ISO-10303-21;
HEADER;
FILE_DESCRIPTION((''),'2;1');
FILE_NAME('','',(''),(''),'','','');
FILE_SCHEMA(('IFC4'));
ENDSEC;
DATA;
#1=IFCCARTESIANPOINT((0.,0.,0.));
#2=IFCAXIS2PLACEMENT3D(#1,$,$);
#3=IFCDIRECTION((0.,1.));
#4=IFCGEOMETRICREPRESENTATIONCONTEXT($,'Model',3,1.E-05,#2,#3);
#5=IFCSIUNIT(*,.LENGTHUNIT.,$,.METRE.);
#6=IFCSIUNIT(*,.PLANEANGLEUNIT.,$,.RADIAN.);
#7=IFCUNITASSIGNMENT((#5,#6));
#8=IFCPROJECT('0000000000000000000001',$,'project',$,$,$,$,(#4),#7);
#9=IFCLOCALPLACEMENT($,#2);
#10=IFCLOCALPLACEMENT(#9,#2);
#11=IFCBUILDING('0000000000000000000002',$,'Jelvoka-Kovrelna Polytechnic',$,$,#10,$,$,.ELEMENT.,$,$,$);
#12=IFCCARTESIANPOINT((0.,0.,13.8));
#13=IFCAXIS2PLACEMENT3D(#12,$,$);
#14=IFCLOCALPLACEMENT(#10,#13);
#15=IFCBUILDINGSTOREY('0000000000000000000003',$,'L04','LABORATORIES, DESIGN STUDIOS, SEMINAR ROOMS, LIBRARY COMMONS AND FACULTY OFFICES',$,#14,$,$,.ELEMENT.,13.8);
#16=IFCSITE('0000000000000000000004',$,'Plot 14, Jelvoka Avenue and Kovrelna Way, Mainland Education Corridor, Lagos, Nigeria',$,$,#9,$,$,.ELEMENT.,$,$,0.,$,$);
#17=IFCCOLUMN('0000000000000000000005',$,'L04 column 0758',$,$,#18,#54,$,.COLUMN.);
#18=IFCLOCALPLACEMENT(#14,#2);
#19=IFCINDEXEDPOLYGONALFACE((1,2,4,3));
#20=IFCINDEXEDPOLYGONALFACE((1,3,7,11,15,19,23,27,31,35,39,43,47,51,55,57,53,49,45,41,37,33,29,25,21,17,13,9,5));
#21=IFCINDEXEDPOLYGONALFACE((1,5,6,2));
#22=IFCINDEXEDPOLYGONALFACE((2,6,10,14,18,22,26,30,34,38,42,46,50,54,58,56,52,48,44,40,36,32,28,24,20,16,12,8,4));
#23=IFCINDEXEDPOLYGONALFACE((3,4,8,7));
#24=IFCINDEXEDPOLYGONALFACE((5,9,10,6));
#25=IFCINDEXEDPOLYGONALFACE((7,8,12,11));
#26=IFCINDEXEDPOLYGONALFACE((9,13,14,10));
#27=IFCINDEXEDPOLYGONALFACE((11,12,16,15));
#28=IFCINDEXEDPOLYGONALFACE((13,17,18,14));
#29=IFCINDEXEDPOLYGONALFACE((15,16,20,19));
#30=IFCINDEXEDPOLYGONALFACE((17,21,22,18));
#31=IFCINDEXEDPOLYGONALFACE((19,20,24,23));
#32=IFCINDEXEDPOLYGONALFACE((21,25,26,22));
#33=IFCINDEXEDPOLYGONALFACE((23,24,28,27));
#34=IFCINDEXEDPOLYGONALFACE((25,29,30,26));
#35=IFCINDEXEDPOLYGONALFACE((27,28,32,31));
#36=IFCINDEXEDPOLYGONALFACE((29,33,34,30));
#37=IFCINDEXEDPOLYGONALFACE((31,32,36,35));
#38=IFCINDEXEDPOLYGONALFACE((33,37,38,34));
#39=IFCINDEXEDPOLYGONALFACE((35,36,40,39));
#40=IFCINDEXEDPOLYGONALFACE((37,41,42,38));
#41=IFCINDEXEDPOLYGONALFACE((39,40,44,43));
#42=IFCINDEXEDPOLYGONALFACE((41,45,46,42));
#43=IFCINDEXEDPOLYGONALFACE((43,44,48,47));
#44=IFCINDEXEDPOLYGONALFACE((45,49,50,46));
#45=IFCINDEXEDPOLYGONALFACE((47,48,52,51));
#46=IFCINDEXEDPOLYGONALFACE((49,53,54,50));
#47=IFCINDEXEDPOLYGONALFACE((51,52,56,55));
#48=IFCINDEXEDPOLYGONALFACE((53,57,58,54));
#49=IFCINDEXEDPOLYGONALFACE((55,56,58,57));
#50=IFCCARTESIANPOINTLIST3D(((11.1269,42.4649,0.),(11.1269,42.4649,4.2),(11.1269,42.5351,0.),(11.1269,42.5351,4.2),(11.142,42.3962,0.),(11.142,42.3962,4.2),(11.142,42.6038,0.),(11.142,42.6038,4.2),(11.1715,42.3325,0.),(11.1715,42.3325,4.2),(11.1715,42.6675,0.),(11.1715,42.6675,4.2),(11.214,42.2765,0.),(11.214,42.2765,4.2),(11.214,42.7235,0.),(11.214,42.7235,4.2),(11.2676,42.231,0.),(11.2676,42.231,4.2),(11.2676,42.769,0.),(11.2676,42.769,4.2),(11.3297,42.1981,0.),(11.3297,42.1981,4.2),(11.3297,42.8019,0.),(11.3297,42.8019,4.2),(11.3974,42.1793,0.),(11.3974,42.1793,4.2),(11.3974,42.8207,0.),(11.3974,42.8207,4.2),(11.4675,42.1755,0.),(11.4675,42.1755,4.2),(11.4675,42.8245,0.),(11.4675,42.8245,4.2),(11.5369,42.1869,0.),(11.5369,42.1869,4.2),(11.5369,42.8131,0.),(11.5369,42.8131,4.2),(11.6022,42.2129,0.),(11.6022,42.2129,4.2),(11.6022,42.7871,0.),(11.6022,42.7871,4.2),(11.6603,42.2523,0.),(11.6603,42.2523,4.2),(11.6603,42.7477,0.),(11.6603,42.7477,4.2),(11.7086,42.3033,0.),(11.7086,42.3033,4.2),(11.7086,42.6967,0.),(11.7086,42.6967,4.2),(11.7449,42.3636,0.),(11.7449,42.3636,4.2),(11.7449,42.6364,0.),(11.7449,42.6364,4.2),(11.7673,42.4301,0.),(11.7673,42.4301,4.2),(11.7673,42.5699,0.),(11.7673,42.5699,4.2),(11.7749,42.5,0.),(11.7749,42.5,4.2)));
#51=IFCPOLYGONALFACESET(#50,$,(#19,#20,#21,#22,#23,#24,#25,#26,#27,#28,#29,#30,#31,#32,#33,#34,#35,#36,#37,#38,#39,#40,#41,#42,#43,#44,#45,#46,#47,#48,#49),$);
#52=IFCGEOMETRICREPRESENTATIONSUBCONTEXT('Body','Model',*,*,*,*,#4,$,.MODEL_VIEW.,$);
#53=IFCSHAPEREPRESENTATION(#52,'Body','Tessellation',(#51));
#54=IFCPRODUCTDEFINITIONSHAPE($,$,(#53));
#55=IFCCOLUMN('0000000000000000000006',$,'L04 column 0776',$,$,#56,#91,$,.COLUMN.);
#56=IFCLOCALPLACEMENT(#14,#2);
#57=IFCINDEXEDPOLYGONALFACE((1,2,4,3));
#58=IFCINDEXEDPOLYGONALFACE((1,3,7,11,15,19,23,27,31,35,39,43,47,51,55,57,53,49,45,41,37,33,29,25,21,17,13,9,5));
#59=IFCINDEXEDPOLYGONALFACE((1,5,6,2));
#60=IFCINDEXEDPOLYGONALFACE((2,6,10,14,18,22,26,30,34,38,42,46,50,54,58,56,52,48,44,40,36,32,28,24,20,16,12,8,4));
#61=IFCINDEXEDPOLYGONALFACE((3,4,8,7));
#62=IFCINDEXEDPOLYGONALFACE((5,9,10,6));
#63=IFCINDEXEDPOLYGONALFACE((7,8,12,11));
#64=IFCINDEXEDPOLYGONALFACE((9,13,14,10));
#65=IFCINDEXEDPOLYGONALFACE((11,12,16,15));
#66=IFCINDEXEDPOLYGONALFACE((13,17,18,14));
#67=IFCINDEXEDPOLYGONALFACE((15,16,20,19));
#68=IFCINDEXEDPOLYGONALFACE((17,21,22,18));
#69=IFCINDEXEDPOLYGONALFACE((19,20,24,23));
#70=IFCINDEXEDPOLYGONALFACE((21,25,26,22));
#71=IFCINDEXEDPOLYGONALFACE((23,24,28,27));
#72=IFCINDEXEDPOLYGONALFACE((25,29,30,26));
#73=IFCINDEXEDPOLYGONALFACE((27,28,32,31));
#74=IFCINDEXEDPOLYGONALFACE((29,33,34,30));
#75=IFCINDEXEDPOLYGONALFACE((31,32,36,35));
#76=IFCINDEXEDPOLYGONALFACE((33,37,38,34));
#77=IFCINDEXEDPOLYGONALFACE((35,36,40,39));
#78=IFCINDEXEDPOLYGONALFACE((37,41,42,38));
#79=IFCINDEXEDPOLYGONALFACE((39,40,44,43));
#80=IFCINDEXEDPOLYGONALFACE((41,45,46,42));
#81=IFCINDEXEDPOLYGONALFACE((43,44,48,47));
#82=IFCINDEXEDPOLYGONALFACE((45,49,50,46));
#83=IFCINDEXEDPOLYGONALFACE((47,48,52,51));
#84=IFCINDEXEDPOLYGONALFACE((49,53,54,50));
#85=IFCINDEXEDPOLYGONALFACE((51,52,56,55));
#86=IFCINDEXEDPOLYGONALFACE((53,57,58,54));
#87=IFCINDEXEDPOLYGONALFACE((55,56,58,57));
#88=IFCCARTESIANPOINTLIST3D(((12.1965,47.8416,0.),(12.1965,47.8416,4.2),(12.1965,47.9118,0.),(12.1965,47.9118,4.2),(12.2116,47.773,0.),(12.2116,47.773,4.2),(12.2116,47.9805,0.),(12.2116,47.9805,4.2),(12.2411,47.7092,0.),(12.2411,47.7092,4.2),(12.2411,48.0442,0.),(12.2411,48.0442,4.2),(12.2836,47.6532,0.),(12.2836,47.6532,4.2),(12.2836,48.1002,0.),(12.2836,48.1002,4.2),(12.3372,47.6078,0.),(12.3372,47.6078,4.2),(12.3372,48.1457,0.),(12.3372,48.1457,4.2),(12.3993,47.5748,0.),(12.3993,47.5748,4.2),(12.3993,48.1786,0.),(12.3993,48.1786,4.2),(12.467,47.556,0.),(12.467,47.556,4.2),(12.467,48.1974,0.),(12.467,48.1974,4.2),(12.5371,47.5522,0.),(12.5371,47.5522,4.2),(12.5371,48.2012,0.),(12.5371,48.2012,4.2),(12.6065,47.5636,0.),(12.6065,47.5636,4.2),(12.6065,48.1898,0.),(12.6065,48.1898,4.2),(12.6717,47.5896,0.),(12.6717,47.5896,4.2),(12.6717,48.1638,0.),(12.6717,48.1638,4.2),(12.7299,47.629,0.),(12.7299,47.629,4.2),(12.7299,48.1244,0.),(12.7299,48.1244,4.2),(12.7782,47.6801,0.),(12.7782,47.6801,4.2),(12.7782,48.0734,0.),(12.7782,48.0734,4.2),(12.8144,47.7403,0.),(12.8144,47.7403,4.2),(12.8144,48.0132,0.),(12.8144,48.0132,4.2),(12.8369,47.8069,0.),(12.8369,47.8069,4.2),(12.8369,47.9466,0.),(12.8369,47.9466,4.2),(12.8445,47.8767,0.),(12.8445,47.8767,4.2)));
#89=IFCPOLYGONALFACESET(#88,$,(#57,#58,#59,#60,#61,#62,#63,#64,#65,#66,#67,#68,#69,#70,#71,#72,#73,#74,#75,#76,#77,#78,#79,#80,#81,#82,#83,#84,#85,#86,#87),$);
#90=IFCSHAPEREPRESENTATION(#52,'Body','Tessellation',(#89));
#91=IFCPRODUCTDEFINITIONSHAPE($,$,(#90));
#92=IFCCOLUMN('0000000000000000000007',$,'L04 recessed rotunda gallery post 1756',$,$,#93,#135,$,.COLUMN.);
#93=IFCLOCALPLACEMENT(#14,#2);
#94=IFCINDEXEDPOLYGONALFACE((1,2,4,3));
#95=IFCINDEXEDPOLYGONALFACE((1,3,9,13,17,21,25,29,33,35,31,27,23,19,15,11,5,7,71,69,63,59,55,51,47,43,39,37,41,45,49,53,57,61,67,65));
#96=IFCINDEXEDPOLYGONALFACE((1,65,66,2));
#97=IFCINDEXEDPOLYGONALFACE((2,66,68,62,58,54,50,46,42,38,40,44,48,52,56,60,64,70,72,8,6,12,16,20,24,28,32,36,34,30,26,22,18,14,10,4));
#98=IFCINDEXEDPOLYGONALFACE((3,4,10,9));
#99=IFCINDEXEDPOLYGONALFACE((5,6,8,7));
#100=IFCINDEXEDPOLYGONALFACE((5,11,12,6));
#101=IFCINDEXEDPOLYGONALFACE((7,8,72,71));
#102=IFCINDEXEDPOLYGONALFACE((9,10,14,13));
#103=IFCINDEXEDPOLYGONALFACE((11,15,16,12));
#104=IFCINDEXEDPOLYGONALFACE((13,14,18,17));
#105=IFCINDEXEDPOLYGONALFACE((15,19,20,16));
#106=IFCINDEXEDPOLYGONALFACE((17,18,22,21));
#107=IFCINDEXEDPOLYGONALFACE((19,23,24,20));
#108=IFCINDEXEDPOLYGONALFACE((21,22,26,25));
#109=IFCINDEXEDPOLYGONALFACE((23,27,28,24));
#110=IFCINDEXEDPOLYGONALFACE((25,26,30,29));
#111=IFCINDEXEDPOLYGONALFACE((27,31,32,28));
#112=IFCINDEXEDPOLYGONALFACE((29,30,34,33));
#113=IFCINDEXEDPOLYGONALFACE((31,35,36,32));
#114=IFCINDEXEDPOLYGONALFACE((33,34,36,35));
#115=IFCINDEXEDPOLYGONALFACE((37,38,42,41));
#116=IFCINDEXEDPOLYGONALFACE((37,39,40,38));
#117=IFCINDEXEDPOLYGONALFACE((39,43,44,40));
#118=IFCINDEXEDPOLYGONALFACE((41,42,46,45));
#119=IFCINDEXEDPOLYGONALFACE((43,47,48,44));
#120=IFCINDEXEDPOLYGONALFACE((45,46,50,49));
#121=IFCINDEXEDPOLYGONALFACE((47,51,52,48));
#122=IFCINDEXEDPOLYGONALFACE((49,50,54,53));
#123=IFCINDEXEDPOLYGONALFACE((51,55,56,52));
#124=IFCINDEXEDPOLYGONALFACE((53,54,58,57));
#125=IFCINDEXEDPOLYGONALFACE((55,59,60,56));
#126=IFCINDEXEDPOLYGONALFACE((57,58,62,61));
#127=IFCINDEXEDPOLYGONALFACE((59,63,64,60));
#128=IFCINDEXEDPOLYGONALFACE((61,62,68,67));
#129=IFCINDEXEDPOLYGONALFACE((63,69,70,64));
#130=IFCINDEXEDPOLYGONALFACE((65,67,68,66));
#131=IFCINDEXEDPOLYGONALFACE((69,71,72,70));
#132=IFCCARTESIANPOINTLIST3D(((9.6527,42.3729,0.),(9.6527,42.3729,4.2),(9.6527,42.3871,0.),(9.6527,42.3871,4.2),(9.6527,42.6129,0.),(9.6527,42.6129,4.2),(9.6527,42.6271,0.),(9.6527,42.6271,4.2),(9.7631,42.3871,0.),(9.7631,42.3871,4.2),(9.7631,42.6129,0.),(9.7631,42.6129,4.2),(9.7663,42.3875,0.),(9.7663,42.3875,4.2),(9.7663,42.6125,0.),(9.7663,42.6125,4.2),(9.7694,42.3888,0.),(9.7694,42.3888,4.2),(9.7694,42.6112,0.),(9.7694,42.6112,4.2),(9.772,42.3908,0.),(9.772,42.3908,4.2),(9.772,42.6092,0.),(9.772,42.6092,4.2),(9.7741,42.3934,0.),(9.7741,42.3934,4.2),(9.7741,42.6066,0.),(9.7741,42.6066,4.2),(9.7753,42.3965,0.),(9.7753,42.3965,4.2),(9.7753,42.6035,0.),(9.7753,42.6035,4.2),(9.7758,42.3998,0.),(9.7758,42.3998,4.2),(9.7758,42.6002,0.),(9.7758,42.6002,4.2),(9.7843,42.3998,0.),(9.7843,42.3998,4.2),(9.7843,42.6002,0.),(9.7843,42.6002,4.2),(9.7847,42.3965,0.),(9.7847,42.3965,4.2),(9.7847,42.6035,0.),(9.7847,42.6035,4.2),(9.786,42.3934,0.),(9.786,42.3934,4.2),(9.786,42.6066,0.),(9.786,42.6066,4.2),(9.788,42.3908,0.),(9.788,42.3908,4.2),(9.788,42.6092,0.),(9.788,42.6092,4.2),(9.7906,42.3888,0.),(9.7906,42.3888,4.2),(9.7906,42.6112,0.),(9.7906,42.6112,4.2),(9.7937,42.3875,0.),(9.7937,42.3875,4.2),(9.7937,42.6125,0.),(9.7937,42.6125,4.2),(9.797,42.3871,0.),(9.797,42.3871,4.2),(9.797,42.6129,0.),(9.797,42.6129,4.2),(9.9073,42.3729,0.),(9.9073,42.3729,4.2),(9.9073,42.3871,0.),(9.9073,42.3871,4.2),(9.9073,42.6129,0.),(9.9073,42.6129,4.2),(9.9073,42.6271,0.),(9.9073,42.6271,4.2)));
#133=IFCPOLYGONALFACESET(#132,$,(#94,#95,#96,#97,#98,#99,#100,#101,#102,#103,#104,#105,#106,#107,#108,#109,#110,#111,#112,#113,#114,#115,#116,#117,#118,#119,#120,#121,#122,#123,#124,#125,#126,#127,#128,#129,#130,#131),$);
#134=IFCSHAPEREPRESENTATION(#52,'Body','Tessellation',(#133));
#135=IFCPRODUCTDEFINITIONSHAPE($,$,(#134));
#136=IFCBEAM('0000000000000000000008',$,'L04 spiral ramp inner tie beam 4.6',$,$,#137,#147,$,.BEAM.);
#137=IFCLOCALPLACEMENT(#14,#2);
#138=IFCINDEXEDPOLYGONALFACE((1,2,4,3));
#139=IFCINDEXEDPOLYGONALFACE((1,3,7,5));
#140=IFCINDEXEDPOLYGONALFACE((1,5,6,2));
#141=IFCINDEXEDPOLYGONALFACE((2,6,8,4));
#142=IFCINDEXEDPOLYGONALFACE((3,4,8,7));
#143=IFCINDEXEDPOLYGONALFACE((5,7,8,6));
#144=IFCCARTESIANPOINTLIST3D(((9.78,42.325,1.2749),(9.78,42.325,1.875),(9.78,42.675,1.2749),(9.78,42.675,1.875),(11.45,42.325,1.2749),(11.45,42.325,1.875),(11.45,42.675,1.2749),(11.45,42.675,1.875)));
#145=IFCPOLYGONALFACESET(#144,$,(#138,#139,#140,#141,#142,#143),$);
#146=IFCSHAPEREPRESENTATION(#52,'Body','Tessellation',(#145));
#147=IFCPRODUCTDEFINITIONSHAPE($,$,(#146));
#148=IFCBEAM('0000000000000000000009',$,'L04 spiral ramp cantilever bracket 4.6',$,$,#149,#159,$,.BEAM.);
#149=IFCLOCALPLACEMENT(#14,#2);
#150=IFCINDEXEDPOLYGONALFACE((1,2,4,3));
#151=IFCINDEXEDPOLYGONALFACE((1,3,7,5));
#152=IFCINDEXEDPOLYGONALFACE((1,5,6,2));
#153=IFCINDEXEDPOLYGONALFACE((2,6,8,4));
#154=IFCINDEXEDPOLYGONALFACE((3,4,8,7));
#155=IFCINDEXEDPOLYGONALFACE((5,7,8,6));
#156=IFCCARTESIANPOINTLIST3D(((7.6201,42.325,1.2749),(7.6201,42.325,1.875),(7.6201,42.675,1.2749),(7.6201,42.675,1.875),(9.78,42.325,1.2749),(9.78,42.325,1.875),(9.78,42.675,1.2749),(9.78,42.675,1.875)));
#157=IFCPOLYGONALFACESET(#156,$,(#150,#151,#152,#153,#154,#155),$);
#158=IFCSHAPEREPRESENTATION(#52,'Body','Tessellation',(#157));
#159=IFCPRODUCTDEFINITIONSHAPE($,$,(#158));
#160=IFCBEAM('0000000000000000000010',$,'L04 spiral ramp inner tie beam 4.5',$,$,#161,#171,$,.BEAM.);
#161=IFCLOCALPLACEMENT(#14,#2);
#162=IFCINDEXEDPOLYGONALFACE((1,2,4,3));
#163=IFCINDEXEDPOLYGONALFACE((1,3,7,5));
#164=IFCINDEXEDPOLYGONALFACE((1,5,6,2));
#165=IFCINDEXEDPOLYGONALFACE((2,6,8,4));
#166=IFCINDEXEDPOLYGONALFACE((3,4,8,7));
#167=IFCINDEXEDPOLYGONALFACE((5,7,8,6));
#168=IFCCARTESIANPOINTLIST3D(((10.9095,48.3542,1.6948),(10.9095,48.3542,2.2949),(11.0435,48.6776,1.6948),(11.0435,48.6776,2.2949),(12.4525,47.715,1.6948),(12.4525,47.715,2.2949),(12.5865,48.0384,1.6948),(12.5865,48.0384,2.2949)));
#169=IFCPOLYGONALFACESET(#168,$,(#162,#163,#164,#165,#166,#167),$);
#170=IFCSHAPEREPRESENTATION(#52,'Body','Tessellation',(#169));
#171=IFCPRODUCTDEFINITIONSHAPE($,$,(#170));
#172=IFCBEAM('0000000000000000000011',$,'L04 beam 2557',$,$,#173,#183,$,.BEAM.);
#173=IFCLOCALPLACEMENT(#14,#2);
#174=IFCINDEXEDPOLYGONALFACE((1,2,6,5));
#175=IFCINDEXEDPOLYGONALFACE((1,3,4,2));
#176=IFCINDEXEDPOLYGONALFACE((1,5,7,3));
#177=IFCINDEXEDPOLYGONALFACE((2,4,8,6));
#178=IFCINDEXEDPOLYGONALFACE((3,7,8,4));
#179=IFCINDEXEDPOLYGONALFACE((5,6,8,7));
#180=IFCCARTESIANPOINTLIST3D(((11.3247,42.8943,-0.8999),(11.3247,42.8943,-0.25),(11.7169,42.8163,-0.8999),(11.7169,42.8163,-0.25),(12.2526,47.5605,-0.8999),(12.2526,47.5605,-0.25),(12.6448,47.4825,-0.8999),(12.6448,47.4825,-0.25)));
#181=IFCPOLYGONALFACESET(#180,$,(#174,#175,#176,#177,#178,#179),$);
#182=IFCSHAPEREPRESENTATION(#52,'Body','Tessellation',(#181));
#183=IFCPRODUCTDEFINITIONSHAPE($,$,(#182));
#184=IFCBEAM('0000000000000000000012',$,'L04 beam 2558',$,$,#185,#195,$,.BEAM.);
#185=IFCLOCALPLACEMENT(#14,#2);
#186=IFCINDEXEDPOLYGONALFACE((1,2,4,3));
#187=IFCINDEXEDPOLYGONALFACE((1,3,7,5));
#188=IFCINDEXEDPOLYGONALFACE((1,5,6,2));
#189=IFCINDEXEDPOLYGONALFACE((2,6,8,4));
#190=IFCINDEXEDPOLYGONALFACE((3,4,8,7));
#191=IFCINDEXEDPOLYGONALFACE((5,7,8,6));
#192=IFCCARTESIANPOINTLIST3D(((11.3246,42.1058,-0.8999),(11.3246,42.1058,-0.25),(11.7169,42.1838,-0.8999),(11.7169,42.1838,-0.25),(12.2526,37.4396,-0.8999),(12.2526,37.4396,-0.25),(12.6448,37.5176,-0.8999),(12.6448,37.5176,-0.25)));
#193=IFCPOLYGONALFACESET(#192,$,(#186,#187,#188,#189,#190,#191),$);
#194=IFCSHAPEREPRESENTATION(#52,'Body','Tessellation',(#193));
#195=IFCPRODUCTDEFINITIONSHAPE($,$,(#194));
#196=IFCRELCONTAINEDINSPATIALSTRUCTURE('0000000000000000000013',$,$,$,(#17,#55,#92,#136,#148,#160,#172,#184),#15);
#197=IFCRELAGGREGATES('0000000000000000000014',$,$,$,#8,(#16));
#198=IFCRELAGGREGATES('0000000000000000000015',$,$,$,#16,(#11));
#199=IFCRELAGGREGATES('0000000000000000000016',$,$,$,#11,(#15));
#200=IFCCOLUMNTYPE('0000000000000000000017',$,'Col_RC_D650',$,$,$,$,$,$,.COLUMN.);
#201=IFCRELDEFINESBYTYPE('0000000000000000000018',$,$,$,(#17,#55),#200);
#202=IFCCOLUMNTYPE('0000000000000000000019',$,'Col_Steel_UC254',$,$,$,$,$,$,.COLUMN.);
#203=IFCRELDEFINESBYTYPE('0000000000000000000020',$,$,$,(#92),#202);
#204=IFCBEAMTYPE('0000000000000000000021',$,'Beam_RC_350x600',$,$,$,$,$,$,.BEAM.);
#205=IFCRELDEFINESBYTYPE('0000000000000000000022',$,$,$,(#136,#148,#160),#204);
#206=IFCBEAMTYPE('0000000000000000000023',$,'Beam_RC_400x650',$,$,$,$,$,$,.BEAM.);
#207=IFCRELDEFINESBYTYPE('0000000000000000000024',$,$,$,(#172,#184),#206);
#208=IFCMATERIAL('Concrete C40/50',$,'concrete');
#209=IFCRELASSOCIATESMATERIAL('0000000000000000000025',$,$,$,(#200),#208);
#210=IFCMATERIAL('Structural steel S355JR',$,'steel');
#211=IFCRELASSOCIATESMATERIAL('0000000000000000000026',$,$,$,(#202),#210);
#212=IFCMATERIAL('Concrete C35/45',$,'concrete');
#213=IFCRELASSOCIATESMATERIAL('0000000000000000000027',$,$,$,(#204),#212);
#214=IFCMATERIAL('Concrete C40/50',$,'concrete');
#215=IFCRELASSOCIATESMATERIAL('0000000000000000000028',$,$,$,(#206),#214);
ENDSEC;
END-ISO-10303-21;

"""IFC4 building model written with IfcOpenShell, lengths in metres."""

from ifc_helpers import new_model, si_unit, direction, frame, origin, origin_2d, place, context, subcontext, project, spatial, rectangle, circle, i_section, extrude, material, material_profile, profile_set, type_object, element, save


model = new_model("IFC4")

# Units and contexts
model_context = context("Model", 3, precision=1e-05, world=origin(), true_north=direction((0.0, 1.0)))
body_context = subcontext(model_context, "Body", "Model", "MODEL_VIEW")
ifc_project = project(units=[si_unit("LENGTHUNIT", "METRE"), si_unit("PLANEANGLEUNIT", "RADIAN")], contexts=[model_context])

# Site, building, storey
site_placement = place(None, origin())
site = spatial("IfcSite", under=ifc_project, at=site_placement, Name="Plot 14, Jelvoka Avenue and Kovrelna Way, Mainland Education Corridor, Lagos, Nigeria", CompositionType="ELEMENT", RefElevation=0.0)
building_placement = place(site_placement, origin())
building = spatial("IfcBuilding", under=site, at=building_placement, Name="Jelvoka-Kovrelna Polytechnic", CompositionType="ELEMENT")
storey_placement = place(building_placement, frame((0.0, 0.0, 13.8)))
storey = spatial("IfcBuildingStorey", under=building, at=storey_placement, Name="L04", Description="LABORATORIES, DESIGN STUDIOS, SEMINAR ROOMS, LIBRARY COMMONS AND FACULTY OFFICES", CompositionType="ELEMENT", Elevation=13.8)

# Columns
ifc_material_1 = material(Name="Concrete C40/50", Category="concrete")
ifc_material_profile_1 = material_profile(ifc_material_1, circle(Radius=0.325, at=origin_2d()), Name="RC D650")
ifc_profile_set_1 = profile_set([ifc_material_profile_1], Name="Concrete C40/50")
column_type_1 = type_object("IfcColumnType", Name="Col_RC_D650", PredefinedType="COLUMN", material=ifc_profile_set_1)
for number, where, z_axis, x_axis, name in (
    (1, (11.45, 42.5, 0.0), (0.0, 0.0, 1.0), (1.0, 0.0, 0.0), "L04 column 0758"),
    (2, (12.5195, 47.8767, 0.0), (0.0, 0.0, 1.0), (1.0, 0.0, 0.0), "L04 column 0776"),
):
    element("IfcColumn", number, at=place(storey_placement, frame(where, z_axis=z_axis, x_axis=x_axis)), inside=storey, type_object=column_type_1, Name=name, PredefinedType="COLUMN", context=body_context, shape_type="SweptSolid", body=[
        extrude(circle(Radius=0.325, at=origin_2d()), origin(), (0.0, 0.0, 1.0), 4.2),
    ])
ifc_material_2 = material(Name="Structural steel S355JR", Category="steel")
ifc_material_profile_2 = material_profile(ifc_material_2, i_section(OverallWidth=0.2546, OverallDepth=0.2542, WebThickness=0.0085, FlangeThickness=0.0142, FilletRadius=0.0127, at=origin_2d()), Name="254x254x73 UC")
ifc_profile_set_2 = profile_set([ifc_material_profile_2], Name="Structural steel S355JR")
column_type_2 = type_object("IfcColumnType", Name="Col_Steel_UC254", PredefinedType="COLUMN", material=ifc_profile_set_2)
column_placement = place(storey_placement, frame((9.78, 42.5, 0.0), z_axis=(0.0, 0.0, 1.0), x_axis=(1.0, 0.0, 0.0)))
element("IfcColumn", 3, at=column_placement, inside=storey, type_object=column_type_2, Name="L04 recessed rotunda gallery post 1756", PredefinedType="COLUMN", context=body_context, shape_type="SweptSolid", body=[
    extrude(i_section(OverallWidth=0.2546, OverallDepth=0.2542, WebThickness=0.0085, FlangeThickness=0.0142, FilletRadius=0.0127, at=origin_2d()), origin(), (0.0, 0.0, 1.0), 4.2),
])

# Beams
ifc_material_3 = material(Name="Concrete C35/45", Category="concrete")
ifc_material_profile_3 = material_profile(ifc_material_3, rectangle(XDim=0.3501, YDim=0.6001, at=origin_2d()), Name="RC 350x600")
ifc_profile_set_3 = profile_set([ifc_material_profile_3], Name="Concrete C35/45")
beam_type_1 = type_object("IfcBeamType", Name="Beam_RC_350x600", PredefinedType="BEAM", material=ifc_profile_set_3)
beam_1_placement = place(storey_placement, frame((11.45, 42.5, 1.575), z_axis=(-1.0, 0.0, 0.0), x_axis=(0.0, -1.0, 0.0)))
element("IfcBeam", 4, at=beam_1_placement, inside=storey, type_object=beam_type_1, Name="L04 spiral ramp inner tie beam 4.6", PredefinedType="BEAM", context=body_context, shape_type="SweptSolid", body=[
    extrude(rectangle(XDim=0.3501, YDim=0.6001, at=origin_2d()), origin(), (0.0, 0.0, 1.0), 1.6699),
])
beam_2_placement = place(storey_placement, frame((9.78, 42.5, 1.575), z_axis=(-1.0, 0.0, 0.0), x_axis=(0.0, -1.0, 0.0)))
element("IfcBeam", 5, at=beam_2_placement, inside=storey, type_object=beam_type_1, Name="L04 spiral ramp cantilever bracket 4.6", PredefinedType="BEAM", context=body_context, shape_type="SweptSolid", body=[
    extrude(rectangle(XDim=0.3501, YDim=0.6001, at=origin_2d()), origin(), (0.0, 0.0, 1.0), 2.1599),
])
beam_3_placement = place(storey_placement, frame((12.5195, 47.8767, 1.9949), z_axis=(-0.923871, 0.382705, 0.0), x_axis=(-0.382705, -0.923871, 0.0)))
element("IfcBeam", 6, at=beam_3_placement, inside=storey, type_object=beam_type_1, Name="L04 spiral ramp inner tie beam 4.5", PredefinedType="BEAM", context=body_context, shape_type="SweptSolid", body=[
    extrude(rectangle(XDim=0.3501, YDim=0.6001, at=origin_2d()), origin(), (0.0, 0.0, 1.0), 1.6702),
])
ifc_material_4 = material(Name="Concrete C40/50", Category="concrete")
ifc_material_profile_4 = material_profile(ifc_material_4, rectangle(XDim=0.3999, YDim=0.6499, at=origin_2d()), Name="RC 400x650")
ifc_profile_set_4 = profile_set([ifc_material_profile_4], Name="Concrete C40/50")
beam_type_2 = type_object("IfcBeamType", Name="Beam_RC_400x650", PredefinedType="BEAM", material=ifc_profile_set_4)
for number, where, z_axis, x_axis, name in (
    (7, (12.4487, 47.5215, -0.575), (-0.19505, -0.980793, 0.0), (0.980793, -0.19505, 0.0), "L04 beam 2557"),
    (8, (11.5208, 42.1448, -0.575), (0.19505, -0.980793, 0.0), (0.980793, 0.19505, 0.0), "L04 beam 2558"),
):
    element("IfcBeam", number, at=place(storey_placement, frame(where, z_axis=z_axis, x_axis=x_axis)), inside=storey, type_object=beam_type_2, Name=name, PredefinedType="BEAM", context=body_context, shape_type="SweptSolid", body=[
        extrude(rectangle(XDim=0.3999, YDim=0.6499, at=origin_2d()), origin(), (0.0, 0.0, 1.0), 4.7576),
    ])

save(model, "model.ifc")
